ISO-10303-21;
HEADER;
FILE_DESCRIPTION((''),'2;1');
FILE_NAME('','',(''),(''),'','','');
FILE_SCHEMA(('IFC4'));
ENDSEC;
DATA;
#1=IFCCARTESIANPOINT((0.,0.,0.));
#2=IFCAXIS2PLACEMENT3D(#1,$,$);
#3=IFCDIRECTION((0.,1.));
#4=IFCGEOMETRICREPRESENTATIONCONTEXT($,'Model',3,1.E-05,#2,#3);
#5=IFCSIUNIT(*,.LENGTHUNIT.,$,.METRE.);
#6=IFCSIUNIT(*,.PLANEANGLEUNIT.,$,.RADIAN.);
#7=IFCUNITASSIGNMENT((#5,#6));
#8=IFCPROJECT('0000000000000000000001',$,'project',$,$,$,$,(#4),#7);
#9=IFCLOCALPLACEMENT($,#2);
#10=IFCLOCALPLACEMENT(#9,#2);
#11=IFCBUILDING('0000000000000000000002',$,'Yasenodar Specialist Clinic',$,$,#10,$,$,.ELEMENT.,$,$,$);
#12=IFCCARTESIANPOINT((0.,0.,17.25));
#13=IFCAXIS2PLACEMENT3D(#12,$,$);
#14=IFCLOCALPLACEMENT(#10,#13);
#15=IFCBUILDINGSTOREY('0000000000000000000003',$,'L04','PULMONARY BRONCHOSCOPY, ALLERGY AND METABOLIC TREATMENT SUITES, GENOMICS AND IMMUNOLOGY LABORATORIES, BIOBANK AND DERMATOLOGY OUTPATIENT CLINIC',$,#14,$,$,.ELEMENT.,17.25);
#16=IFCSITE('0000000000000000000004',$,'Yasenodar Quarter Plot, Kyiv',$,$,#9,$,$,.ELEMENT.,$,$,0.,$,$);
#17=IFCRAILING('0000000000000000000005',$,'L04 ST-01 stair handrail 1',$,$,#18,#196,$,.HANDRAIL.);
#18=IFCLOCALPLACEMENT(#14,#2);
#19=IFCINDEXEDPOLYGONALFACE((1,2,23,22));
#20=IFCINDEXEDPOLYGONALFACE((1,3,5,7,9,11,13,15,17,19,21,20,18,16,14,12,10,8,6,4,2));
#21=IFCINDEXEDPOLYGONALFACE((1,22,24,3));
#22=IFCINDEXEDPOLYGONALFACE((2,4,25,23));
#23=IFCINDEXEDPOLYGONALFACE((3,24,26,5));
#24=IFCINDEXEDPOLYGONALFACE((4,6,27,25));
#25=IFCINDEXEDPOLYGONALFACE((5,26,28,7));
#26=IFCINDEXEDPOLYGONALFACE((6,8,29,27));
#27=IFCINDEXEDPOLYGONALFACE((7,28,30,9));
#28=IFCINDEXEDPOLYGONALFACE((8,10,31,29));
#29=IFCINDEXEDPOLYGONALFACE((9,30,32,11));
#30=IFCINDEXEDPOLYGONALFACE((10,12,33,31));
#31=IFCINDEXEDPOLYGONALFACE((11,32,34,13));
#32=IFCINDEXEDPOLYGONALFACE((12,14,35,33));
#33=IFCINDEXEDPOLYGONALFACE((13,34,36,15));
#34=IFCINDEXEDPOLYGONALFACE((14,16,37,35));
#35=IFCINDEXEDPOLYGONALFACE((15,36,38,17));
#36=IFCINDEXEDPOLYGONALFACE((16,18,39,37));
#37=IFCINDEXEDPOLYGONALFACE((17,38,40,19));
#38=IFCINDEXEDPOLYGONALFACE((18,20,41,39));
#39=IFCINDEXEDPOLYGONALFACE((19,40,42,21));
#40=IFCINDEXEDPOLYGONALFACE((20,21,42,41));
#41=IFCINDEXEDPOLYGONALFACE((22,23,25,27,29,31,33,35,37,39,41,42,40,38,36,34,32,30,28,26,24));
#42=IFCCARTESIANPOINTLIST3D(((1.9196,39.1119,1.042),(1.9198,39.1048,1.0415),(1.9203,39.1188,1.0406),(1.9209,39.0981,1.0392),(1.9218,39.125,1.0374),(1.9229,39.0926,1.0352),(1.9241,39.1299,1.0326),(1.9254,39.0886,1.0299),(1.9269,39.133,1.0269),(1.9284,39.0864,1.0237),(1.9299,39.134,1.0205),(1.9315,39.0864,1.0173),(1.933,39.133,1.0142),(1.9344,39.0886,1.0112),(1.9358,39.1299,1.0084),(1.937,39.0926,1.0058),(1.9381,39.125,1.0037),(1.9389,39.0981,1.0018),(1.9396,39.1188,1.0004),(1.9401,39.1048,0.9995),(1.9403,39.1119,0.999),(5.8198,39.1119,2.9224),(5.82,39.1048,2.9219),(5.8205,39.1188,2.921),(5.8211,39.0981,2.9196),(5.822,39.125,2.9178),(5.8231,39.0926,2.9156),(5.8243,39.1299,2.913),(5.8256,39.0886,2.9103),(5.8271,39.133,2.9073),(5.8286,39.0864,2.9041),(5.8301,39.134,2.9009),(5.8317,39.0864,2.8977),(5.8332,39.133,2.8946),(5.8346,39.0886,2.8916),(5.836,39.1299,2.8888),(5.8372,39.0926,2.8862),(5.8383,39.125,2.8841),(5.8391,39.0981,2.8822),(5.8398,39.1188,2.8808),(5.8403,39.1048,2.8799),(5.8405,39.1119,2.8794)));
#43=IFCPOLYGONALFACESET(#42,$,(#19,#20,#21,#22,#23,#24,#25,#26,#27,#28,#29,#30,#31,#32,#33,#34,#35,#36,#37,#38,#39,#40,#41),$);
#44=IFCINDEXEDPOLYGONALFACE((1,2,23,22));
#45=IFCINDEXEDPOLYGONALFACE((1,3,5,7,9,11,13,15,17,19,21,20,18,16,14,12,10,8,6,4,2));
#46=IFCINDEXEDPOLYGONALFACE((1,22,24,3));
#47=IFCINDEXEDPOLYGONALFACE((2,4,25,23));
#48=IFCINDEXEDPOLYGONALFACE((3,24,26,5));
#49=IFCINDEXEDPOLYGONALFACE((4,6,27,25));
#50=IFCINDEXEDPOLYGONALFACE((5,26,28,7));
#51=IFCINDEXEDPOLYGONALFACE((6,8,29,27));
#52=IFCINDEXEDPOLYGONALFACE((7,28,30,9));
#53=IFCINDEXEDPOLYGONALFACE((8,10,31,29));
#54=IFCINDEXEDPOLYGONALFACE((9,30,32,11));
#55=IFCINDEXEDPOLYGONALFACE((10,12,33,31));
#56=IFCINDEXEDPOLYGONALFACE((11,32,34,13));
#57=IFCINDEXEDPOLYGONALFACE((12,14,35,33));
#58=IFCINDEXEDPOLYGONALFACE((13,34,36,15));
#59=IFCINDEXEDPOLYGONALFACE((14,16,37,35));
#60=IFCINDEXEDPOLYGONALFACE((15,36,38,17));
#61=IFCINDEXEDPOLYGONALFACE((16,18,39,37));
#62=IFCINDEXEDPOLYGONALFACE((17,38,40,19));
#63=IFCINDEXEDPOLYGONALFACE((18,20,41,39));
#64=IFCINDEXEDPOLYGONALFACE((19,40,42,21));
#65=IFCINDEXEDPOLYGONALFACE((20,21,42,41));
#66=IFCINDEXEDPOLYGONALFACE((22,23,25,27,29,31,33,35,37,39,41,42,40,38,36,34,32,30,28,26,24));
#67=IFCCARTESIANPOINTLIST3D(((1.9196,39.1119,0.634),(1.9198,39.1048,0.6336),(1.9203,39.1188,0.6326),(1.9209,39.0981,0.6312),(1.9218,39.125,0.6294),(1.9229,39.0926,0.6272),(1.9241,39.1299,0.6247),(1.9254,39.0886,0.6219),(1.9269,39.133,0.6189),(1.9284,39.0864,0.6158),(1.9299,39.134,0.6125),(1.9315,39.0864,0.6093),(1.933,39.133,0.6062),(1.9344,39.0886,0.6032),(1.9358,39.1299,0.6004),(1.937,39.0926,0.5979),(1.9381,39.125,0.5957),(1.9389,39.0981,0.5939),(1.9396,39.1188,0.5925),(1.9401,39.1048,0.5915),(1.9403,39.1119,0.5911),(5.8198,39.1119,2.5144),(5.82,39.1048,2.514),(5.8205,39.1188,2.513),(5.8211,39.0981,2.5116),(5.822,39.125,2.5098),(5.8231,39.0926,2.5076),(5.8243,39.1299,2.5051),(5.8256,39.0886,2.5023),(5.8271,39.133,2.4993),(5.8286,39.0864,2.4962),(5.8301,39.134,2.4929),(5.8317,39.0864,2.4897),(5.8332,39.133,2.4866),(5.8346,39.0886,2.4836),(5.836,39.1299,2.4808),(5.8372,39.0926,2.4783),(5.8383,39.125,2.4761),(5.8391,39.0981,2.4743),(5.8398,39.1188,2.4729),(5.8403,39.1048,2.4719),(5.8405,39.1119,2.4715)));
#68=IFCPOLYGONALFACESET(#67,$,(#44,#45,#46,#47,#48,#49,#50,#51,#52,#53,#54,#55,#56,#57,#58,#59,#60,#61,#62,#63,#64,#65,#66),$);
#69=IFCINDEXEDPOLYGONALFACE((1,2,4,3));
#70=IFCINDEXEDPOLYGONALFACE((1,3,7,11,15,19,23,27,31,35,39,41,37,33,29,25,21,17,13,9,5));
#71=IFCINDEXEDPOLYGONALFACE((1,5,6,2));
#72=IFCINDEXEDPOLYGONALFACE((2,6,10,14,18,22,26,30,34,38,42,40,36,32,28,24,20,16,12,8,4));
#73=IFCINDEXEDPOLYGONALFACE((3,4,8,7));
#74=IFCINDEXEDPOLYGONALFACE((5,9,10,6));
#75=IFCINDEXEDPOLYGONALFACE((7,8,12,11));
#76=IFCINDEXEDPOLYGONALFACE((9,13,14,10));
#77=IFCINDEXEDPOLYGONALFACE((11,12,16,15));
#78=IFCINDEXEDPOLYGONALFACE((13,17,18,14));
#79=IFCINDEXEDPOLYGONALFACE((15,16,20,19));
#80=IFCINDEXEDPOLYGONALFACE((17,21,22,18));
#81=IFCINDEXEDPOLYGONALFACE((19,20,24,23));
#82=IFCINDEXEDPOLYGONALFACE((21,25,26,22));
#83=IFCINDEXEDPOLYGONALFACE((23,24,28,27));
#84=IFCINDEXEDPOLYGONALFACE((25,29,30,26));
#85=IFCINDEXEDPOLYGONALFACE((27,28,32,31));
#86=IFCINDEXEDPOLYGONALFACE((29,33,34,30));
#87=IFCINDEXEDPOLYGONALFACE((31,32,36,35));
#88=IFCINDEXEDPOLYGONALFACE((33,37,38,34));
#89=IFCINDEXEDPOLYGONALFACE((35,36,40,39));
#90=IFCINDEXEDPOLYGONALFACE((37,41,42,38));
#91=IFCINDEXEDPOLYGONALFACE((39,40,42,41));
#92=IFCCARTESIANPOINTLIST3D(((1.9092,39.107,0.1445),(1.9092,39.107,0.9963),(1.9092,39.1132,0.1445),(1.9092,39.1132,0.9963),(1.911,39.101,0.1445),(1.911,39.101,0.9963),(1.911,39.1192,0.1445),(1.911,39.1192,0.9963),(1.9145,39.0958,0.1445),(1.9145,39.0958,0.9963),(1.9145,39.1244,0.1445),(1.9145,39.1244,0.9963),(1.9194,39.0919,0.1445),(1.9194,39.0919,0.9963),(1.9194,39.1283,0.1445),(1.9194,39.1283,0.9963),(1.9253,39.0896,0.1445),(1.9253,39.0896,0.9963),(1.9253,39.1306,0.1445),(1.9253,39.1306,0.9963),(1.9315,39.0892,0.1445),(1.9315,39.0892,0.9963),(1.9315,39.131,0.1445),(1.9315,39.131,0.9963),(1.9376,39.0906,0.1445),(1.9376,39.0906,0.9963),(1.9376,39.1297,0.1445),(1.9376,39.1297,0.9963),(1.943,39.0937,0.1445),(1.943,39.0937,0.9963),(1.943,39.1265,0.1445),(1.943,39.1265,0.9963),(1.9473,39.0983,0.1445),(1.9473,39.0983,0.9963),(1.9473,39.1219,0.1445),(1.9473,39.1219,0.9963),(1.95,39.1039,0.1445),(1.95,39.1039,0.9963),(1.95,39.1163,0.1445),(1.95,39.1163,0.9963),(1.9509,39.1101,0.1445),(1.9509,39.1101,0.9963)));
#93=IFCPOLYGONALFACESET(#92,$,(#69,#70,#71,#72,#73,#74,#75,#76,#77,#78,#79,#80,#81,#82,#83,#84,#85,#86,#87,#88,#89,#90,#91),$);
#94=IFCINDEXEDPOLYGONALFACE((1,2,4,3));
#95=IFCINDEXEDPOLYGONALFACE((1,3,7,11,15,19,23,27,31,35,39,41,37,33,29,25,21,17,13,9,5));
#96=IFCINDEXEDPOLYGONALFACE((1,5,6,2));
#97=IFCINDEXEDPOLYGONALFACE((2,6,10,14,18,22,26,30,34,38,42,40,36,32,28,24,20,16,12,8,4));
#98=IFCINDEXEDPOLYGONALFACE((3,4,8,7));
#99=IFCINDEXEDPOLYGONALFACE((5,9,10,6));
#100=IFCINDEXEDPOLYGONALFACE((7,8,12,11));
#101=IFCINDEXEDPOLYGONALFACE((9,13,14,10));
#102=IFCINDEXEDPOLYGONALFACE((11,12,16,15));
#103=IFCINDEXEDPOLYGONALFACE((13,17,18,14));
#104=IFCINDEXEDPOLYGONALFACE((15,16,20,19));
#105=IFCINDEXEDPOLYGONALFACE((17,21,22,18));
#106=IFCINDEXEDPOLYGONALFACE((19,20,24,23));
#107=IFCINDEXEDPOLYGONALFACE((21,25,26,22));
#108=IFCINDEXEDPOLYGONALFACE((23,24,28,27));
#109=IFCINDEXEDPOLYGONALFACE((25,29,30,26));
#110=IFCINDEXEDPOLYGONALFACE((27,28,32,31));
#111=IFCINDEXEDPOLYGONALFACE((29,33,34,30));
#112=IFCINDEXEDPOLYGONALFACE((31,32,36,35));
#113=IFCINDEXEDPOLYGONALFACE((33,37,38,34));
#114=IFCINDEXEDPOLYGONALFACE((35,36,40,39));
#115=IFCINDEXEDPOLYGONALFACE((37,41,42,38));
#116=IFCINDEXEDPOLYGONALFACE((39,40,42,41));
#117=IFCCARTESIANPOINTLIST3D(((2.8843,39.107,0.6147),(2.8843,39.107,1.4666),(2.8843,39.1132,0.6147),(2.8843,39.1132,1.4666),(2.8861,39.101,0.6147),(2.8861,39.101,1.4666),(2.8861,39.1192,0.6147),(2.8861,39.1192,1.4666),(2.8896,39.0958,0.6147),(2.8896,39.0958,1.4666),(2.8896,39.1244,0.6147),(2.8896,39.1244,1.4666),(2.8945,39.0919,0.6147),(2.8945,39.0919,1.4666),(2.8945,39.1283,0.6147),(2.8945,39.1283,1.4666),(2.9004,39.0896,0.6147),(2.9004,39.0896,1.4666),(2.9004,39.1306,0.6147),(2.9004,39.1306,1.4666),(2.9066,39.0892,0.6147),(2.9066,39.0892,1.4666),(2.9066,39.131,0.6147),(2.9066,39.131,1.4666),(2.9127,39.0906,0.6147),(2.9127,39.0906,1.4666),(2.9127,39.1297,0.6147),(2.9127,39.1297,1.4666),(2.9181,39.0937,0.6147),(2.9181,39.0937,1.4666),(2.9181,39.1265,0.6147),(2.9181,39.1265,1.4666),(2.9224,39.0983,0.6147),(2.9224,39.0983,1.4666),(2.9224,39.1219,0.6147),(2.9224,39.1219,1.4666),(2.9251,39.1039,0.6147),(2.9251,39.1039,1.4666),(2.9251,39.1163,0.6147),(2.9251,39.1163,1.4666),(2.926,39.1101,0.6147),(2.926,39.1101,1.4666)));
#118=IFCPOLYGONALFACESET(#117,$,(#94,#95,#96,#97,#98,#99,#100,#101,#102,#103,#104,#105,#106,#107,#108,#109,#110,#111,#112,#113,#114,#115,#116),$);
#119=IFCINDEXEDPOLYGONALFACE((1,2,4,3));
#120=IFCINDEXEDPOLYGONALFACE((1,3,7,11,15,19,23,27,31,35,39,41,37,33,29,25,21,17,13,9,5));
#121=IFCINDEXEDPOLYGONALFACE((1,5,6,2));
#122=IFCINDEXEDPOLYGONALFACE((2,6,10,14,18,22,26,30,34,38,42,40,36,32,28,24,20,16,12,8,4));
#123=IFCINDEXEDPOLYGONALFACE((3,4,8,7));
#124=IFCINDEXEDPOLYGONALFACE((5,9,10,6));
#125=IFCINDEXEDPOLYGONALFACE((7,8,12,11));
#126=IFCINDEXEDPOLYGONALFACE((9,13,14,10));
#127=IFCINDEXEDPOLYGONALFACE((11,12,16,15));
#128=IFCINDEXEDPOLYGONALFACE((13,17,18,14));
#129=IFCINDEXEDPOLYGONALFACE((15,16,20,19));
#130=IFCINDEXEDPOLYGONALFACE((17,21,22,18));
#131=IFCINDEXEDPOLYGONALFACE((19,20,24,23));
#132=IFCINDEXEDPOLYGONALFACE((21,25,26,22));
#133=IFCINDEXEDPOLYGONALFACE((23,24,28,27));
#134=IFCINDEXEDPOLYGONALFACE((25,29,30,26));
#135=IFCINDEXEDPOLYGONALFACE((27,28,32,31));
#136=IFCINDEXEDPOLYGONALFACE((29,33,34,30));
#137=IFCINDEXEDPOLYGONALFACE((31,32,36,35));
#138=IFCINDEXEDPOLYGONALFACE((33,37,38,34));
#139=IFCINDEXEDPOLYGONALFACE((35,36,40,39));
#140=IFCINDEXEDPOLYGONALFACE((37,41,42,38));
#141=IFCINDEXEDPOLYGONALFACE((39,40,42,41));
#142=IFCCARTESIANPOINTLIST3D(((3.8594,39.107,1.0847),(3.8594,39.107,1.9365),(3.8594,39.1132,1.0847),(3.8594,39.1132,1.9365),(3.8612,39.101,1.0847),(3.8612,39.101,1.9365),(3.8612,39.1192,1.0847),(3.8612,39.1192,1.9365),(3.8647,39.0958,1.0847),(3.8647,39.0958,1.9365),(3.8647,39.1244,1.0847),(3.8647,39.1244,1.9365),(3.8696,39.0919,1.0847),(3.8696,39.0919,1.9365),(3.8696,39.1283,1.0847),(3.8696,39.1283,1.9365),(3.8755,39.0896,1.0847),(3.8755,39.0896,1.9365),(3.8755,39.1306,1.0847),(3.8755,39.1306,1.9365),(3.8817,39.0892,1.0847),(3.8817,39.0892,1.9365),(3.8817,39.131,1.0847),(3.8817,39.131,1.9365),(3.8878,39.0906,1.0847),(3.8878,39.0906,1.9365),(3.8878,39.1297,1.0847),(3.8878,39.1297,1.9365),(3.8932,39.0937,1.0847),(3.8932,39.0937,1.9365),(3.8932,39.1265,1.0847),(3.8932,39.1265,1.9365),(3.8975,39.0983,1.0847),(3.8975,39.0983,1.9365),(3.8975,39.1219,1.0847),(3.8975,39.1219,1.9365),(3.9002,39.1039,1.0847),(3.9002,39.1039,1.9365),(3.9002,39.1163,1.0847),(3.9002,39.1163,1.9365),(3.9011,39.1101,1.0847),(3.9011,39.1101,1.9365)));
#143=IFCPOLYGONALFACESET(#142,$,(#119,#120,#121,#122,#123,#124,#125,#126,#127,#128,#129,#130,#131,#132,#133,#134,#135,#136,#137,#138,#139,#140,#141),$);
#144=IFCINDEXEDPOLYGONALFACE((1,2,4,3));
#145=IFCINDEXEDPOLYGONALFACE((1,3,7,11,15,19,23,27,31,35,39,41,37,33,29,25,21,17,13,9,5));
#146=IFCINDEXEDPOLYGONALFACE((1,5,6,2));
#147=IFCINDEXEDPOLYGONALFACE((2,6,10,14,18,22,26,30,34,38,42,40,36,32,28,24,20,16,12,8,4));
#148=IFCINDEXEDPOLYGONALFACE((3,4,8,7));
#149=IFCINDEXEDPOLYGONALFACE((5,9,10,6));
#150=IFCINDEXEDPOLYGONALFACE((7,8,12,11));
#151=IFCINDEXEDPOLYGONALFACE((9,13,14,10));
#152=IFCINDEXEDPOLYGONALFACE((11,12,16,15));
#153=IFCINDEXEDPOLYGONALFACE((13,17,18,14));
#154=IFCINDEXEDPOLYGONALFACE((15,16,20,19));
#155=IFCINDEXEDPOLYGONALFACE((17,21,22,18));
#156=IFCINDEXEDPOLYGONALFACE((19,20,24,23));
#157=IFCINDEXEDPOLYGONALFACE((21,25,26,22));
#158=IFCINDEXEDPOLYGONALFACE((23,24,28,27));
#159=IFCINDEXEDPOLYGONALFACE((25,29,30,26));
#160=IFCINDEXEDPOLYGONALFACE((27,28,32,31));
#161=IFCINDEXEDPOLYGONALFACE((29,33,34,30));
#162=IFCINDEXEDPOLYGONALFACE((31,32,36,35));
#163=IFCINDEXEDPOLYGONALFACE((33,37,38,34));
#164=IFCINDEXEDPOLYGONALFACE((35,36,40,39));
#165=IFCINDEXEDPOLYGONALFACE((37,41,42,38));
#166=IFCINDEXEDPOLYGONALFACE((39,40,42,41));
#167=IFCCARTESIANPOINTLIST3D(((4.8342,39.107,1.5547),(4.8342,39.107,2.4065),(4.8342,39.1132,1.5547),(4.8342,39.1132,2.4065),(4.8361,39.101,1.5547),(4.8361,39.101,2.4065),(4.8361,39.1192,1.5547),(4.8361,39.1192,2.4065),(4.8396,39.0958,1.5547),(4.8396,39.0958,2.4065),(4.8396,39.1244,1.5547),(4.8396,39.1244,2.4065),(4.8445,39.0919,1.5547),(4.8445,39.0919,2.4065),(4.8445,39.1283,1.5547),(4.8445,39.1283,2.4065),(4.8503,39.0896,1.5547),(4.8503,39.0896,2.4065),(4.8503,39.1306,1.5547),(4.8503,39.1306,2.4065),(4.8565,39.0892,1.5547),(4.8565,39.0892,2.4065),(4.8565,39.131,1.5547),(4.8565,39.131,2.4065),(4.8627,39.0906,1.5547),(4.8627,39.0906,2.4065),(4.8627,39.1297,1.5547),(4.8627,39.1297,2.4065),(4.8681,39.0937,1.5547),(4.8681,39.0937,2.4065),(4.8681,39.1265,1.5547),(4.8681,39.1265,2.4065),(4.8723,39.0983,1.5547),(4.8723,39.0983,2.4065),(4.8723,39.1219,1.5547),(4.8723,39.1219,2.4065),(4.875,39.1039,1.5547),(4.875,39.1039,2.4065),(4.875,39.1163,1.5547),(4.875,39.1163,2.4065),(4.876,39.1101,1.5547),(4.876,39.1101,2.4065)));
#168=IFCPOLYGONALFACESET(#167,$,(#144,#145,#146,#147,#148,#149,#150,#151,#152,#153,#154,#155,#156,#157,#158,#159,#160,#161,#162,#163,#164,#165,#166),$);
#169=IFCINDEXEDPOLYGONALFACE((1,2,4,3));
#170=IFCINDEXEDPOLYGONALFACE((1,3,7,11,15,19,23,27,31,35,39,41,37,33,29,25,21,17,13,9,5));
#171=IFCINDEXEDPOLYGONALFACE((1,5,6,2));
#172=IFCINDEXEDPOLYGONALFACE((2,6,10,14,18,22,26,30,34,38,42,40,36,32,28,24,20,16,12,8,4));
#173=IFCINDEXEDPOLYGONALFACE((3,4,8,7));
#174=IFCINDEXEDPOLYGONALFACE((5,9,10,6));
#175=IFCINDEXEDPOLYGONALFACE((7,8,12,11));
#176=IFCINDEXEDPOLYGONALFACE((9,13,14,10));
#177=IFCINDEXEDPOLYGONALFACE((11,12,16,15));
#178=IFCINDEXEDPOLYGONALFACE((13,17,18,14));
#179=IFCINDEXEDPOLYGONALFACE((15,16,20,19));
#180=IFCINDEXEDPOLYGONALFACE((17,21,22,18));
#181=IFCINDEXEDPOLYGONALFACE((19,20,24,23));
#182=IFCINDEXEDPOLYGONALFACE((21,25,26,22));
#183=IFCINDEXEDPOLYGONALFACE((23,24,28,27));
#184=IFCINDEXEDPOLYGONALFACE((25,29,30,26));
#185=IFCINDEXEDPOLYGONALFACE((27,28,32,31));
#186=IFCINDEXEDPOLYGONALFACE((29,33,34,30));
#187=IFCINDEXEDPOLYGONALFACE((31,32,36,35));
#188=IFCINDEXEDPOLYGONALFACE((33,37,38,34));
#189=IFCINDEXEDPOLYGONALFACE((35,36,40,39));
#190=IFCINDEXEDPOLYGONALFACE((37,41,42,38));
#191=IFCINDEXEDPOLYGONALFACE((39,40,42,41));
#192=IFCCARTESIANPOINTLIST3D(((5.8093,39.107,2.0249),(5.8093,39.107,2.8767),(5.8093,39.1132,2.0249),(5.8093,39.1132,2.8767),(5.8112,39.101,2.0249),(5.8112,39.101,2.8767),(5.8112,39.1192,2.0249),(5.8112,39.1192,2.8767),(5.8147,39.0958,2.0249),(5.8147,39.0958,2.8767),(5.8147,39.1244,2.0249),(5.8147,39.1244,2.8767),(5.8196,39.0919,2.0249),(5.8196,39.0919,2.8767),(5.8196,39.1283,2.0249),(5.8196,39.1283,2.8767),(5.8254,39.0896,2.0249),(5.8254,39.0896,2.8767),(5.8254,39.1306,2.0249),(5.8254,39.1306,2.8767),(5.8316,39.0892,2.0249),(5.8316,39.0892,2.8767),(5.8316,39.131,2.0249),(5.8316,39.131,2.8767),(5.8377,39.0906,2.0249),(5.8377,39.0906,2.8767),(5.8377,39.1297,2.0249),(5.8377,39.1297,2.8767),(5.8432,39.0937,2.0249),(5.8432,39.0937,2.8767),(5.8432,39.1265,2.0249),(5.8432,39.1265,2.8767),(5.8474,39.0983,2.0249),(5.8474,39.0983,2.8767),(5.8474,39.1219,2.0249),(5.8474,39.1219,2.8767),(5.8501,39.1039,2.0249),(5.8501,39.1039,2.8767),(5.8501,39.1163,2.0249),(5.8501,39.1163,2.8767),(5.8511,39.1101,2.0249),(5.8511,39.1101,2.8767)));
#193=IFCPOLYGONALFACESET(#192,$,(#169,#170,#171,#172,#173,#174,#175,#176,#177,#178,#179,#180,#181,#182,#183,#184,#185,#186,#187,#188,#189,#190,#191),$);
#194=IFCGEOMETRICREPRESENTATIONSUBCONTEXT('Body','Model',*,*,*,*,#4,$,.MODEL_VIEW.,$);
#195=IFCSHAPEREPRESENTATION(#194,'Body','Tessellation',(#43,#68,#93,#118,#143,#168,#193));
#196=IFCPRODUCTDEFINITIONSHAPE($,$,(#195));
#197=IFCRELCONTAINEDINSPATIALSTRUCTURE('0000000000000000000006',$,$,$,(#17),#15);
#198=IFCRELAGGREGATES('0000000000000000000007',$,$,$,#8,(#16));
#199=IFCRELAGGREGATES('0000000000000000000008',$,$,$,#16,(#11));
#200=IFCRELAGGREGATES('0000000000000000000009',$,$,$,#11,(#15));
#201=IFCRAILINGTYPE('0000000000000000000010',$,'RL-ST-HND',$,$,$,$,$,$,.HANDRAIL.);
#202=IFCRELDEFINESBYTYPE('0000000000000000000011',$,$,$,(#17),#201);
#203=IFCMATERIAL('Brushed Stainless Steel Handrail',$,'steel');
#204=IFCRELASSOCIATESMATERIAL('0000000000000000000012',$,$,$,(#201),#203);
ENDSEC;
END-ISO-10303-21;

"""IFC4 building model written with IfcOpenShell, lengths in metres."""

from ifc_helpers import new_model, si_unit, direction, frame, origin, origin_2d, place, context, subcontext, project, spatial, circle, extrude, material, type_object, element, save


model = new_model("IFC4")

# Units and contexts
model_context = context("Model", 3, precision=1e-05, world=origin(), true_north=direction((0.0, 1.0)))
body_context = subcontext(model_context, "Body", "Model", "MODEL_VIEW")
ifc_project = project(units=[si_unit("LENGTHUNIT", "METRE"), si_unit("PLANEANGLEUNIT", "RADIAN")], contexts=[model_context])

# Site, building, storey
site_placement = place(None, origin())
site = spatial("IfcSite", under=ifc_project, at=site_placement, Name="Yasenodar Quarter Plot, Kyiv", CompositionType="ELEMENT", RefElevation=0.0)
building_placement = place(site_placement, origin())
building = spatial("IfcBuilding", under=site, at=building_placement, Name="Yasenodar Specialist Clinic", CompositionType="ELEMENT")
storey_placement = place(building_placement, frame((0.0, 0.0, 17.25)))
storey = spatial("IfcBuildingStorey", under=building, at=storey_placement, Name="L04", Description="PULMONARY BRONCHOSCOPY, ALLERGY AND METABOLIC TREATMENT SUITES, GENOMICS AND IMMUNOLOGY LABORATORIES, BIOBANK AND DERMATOLOGY OUTPATIENT CLINIC", CompositionType="ELEMENT", Elevation=17.25)

# Railing
ifc_material_1 = material(Name="Brushed Stainless Steel Handrail", Category="steel")
railing_type_1 = type_object("IfcRailingType", Name="RL-ST-HND", PredefinedType="HANDRAIL", material=ifc_material_1)
railing_1_placement = place(storey_placement, frame((1.9299, 39.1101, 0.1445)))
element("IfcRailing", 1, at=railing_1_placement, inside=storey, type_object=railing_type_1, Name="L04 ST-01 stair handrail 1", PredefinedType="HANDRAIL", context=body_context, shape_type="SweptSolid", body=[
    extrude(circle(Radius=0.0239, at=origin_2d()), frame((0.0, 0.0, 0.876), z_axis=(0.900774, 0.0, 0.434289), x_axis=(0.0, 1.0, 0.0)), (0.0, 0.0, 1.0), 4.3298),
    extrude(circle(Radius=0.0239, at=origin_2d()), frame((0.0, 0.0, 0.468), z_axis=(0.900774, 0.0, 0.434289), x_axis=(0.0, 1.0, 0.0)), (0.0, 0.0, 1.0), 4.3298),
    extrude(circle(Radius=0.021, at=origin_2d()), origin(), (0.0, 0.0, 1.0), 0.8518),
    extrude(circle(Radius=0.021, at=origin_2d()), frame((0.9751, 0.0, 0.4702)), (0.0, 0.0, 1.0), 0.8518),
    extrude(circle(Radius=0.021, at=origin_2d()), frame((1.9502, 0.0, 0.9402)), (0.0, 0.0, 1.0), 0.8518),
    extrude(circle(Radius=0.021, at=origin_2d()), frame((2.925, 0.0, 1.4102)), (0.0, 0.0, 1.0), 0.8518),
    extrude(circle(Radius=0.021, at=origin_2d()), frame((3.9001, 0.0, 1.8804)), (0.0, 0.0, 1.0), 0.8518),
])

save(model, "model.ifc")
